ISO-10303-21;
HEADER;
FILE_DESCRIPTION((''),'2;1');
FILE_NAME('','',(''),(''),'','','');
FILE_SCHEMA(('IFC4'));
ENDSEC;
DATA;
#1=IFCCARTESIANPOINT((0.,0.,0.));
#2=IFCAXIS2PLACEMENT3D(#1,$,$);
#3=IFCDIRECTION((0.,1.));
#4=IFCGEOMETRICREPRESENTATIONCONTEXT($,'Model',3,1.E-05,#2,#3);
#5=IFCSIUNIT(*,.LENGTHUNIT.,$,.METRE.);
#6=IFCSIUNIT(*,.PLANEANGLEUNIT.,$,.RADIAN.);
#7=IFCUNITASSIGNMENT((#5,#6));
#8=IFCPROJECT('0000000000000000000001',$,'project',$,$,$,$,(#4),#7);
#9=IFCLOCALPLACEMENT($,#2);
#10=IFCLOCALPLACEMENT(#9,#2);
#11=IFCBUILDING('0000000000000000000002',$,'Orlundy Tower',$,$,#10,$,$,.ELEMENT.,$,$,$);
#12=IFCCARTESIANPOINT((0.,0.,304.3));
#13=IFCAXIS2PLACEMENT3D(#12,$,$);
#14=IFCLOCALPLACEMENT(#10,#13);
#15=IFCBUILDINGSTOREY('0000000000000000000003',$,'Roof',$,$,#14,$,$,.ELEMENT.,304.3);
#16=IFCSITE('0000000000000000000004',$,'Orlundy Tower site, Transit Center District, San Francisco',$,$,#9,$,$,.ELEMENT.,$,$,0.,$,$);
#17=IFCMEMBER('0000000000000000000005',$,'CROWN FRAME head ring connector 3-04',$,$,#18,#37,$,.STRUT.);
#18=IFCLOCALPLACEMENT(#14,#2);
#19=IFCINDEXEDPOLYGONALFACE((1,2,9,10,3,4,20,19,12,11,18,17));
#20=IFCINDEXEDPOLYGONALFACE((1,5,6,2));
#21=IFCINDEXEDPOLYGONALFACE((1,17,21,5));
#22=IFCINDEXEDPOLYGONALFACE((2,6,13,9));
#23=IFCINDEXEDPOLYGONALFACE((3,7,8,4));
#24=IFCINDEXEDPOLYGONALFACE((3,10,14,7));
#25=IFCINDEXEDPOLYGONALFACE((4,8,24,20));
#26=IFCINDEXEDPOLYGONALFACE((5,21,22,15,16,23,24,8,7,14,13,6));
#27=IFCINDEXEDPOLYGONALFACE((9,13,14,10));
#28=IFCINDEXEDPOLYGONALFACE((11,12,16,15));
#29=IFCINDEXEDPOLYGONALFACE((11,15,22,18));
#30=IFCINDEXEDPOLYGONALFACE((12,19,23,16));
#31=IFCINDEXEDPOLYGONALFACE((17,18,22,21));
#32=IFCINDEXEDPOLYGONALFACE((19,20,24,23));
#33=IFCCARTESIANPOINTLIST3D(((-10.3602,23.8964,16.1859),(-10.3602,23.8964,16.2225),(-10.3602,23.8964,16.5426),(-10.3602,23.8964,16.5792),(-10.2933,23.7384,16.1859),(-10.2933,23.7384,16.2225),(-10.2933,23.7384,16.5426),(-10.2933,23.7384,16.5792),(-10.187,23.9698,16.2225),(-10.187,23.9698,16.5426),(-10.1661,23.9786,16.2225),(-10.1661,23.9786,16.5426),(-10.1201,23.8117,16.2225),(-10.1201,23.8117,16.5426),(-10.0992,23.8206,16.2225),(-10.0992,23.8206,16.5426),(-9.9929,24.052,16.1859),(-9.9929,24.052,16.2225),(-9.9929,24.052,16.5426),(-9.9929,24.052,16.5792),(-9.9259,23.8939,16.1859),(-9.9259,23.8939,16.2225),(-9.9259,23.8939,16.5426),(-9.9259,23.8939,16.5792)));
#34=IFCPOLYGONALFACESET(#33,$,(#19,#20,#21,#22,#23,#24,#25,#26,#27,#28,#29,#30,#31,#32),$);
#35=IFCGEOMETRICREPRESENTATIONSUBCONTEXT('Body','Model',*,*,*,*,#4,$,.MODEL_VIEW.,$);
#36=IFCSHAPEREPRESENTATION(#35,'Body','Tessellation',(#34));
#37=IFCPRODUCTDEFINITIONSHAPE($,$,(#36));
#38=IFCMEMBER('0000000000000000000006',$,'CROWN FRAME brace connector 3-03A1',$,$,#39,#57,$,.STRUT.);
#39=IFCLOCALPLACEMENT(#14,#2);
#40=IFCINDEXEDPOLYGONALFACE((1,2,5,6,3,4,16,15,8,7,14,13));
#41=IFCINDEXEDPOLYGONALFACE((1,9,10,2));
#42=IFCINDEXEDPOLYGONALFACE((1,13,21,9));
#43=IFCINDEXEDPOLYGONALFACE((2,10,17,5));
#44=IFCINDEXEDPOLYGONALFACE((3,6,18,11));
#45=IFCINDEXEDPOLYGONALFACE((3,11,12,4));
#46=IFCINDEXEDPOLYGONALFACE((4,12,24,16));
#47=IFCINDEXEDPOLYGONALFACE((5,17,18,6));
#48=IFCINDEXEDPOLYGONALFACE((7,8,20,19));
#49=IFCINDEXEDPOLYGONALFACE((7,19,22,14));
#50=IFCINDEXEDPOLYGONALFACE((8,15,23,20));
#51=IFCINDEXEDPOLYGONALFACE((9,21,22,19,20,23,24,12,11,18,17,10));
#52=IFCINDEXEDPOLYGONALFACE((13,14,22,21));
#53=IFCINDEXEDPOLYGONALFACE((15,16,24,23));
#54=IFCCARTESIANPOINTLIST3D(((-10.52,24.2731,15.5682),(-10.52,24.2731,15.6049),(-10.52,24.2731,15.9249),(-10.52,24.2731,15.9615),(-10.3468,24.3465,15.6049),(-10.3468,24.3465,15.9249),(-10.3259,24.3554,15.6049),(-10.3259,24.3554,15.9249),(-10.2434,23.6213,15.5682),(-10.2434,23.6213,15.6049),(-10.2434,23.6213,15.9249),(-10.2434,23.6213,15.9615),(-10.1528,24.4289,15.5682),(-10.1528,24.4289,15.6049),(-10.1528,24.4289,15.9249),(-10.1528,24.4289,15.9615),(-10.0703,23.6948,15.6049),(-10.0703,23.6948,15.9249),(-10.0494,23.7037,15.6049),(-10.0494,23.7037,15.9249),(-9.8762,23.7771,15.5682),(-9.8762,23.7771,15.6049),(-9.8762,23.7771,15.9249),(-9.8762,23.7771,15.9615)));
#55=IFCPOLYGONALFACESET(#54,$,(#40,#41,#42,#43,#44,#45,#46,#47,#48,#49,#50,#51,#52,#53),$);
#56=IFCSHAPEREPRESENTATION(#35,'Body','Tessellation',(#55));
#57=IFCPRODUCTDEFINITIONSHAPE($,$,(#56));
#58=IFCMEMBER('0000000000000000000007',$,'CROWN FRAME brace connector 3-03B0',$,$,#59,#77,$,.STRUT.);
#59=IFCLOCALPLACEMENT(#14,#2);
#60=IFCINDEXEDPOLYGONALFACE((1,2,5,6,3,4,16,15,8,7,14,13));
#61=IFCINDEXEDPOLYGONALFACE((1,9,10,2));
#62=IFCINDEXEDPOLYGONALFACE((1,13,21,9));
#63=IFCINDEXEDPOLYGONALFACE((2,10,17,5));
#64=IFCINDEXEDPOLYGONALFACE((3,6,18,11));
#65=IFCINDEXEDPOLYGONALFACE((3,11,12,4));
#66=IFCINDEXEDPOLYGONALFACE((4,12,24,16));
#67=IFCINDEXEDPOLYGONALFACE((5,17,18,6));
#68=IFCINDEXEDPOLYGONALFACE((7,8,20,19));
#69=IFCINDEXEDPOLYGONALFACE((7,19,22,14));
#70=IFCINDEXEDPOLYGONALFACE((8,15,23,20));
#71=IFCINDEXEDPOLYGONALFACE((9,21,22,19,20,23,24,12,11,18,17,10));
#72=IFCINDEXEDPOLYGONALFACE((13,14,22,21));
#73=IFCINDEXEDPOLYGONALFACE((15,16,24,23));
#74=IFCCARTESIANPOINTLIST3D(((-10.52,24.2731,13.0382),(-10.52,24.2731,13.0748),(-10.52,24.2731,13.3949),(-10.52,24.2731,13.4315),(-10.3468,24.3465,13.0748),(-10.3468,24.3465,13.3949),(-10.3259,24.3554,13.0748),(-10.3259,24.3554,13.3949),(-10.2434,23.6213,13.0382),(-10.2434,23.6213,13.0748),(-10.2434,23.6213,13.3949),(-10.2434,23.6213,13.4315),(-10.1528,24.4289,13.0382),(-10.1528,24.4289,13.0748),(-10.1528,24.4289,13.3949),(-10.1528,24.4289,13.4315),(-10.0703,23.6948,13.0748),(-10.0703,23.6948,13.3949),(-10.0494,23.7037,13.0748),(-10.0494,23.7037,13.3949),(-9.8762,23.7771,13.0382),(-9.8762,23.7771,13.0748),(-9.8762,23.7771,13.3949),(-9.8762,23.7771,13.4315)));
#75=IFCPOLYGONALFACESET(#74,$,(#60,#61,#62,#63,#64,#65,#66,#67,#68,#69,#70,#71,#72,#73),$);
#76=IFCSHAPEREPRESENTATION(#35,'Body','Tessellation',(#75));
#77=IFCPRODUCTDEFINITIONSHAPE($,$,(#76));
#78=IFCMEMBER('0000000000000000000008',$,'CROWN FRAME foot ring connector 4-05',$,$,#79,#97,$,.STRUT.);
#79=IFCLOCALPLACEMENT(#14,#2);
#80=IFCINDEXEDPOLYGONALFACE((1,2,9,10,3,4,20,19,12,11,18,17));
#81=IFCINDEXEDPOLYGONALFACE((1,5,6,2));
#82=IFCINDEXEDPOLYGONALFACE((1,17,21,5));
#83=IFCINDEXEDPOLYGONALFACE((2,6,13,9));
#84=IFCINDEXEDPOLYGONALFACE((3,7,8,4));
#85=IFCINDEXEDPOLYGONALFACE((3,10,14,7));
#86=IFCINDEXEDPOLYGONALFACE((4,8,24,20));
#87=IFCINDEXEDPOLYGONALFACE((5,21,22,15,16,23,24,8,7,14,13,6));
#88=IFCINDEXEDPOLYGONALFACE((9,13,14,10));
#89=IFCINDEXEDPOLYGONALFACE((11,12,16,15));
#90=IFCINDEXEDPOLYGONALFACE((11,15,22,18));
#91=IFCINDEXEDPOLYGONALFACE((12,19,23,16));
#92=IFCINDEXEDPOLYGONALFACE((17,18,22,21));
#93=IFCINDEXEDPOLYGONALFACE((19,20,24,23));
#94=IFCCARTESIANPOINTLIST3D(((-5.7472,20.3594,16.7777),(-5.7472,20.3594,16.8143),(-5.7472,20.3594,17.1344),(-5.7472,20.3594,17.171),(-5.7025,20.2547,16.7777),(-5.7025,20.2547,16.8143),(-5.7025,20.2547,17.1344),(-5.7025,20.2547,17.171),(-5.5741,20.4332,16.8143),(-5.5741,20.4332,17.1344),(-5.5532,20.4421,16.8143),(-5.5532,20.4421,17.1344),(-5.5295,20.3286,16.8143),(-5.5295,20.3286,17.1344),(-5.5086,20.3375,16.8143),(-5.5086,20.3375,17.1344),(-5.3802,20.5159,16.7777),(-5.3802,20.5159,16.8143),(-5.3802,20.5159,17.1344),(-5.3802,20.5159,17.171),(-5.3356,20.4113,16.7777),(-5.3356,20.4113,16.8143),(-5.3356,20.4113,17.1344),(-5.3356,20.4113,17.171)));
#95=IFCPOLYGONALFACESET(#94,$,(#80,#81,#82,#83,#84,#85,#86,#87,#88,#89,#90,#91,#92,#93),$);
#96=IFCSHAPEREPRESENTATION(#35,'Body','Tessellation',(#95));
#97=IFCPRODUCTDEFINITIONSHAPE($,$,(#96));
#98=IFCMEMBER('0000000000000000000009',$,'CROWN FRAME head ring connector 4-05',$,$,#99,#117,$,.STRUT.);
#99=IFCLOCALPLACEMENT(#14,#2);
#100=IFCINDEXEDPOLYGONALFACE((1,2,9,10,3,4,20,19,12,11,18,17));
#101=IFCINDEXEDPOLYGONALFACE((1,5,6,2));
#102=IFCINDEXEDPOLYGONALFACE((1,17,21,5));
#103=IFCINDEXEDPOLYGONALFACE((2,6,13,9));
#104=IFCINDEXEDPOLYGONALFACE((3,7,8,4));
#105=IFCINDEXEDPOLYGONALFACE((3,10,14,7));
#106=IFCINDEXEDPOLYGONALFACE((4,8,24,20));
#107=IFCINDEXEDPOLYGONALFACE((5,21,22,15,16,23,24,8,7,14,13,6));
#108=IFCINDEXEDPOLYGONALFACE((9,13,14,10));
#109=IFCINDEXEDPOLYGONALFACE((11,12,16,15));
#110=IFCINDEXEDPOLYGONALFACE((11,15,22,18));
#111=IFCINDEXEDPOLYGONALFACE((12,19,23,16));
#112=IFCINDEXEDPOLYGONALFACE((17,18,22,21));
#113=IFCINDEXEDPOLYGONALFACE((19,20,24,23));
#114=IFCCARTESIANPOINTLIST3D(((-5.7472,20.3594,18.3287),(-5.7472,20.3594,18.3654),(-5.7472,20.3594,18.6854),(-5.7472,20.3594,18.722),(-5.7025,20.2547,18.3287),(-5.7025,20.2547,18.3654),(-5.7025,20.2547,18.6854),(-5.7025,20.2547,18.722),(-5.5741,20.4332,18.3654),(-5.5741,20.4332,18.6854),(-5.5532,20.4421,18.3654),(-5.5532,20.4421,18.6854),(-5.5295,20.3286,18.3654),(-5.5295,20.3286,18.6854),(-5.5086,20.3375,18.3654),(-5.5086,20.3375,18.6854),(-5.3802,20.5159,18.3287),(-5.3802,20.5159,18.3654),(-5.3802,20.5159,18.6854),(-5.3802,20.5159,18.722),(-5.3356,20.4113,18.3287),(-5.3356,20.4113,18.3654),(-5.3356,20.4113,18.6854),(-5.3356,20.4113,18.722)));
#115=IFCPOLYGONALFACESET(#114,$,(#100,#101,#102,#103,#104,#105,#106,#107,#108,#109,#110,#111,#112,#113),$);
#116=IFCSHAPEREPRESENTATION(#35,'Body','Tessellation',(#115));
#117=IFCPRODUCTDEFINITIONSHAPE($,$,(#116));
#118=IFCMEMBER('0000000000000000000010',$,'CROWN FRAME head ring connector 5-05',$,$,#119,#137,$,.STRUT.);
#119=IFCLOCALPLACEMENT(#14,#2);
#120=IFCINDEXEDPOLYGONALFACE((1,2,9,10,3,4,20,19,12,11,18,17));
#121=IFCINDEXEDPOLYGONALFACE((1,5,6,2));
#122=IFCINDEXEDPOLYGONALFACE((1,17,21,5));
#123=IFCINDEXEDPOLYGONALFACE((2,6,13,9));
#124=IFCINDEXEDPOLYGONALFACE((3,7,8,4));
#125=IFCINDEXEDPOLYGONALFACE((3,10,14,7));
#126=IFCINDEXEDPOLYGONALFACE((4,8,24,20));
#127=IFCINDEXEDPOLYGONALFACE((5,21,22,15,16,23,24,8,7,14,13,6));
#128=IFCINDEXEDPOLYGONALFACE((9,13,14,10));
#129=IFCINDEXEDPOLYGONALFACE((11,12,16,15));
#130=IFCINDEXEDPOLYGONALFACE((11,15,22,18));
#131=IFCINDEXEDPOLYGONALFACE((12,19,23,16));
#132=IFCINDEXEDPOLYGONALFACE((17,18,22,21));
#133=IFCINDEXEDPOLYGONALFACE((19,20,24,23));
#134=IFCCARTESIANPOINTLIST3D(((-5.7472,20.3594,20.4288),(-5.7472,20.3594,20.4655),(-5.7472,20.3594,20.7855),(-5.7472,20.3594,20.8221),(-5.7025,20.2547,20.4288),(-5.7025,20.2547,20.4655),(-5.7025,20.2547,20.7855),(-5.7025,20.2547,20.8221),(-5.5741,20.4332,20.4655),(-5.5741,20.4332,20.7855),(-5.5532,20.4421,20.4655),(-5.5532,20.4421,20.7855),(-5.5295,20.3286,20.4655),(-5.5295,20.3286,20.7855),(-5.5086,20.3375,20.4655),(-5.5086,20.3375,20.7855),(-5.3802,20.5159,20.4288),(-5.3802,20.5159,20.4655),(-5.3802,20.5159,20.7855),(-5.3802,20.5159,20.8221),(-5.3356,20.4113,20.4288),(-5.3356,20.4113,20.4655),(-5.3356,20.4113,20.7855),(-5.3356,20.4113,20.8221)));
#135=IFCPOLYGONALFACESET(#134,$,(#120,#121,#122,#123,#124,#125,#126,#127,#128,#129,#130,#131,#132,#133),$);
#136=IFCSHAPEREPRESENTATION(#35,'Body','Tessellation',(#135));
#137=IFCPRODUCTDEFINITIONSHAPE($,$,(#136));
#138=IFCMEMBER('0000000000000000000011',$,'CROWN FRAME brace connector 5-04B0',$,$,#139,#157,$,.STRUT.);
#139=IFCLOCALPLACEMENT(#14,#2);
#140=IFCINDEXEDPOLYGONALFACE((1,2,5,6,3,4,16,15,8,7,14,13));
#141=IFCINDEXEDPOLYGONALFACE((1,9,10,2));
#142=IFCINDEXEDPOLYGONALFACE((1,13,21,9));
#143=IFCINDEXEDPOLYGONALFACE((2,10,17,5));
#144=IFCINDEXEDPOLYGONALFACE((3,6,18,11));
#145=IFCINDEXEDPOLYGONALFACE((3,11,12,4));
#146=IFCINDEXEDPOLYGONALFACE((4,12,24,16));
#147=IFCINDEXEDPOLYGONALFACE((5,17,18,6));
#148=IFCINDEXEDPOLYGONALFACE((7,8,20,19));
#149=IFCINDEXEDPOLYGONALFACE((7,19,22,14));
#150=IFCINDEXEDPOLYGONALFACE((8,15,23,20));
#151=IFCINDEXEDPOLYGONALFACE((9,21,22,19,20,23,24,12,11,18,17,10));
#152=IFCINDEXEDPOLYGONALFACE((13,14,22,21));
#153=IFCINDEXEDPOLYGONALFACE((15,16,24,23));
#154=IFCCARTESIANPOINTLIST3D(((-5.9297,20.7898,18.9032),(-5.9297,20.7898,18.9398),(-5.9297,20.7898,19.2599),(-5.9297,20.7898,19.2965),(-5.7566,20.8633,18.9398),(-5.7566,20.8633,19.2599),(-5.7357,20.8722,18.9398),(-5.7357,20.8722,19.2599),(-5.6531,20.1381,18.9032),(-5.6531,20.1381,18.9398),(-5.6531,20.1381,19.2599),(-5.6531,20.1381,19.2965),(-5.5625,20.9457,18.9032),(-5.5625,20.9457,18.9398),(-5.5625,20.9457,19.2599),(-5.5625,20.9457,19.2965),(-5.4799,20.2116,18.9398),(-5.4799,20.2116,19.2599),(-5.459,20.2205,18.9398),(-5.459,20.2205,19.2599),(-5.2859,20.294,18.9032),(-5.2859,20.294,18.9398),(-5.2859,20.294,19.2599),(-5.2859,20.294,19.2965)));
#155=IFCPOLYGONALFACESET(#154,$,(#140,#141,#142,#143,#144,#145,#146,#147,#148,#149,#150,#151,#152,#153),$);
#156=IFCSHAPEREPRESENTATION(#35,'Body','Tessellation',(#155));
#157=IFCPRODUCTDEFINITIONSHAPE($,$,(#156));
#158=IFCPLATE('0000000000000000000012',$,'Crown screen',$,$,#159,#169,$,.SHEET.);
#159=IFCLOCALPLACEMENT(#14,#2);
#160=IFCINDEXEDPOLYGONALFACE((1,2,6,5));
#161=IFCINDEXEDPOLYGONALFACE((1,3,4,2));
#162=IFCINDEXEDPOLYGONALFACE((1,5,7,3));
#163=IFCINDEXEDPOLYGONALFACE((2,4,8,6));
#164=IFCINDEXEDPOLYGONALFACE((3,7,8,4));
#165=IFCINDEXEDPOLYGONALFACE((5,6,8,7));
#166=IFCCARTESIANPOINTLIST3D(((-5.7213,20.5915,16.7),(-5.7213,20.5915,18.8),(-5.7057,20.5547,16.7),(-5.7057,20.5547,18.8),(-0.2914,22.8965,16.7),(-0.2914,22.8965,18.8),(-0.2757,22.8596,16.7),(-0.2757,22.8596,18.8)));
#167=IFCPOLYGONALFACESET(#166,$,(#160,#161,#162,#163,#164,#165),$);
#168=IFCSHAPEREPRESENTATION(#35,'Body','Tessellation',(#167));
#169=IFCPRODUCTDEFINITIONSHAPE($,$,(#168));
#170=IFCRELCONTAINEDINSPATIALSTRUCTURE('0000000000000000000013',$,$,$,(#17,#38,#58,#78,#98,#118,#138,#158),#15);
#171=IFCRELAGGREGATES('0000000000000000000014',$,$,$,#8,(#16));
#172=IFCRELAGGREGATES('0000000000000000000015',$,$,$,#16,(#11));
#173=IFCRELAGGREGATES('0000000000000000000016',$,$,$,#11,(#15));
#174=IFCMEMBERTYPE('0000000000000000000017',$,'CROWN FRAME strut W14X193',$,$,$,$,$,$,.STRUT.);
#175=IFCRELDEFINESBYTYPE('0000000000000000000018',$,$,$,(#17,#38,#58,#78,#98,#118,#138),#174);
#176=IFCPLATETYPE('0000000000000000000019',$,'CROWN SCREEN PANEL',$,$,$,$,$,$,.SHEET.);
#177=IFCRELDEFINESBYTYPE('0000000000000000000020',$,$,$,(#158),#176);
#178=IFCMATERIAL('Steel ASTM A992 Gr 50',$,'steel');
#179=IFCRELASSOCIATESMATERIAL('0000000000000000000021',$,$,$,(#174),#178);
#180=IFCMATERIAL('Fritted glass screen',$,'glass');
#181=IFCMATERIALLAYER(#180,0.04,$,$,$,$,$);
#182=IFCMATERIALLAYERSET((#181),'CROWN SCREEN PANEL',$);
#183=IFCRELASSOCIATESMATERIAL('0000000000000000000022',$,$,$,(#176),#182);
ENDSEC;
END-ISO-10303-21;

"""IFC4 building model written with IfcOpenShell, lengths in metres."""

from ifc_helpers import new_model, si_unit, direction, frame, origin, origin_2d, place, context, subcontext, project, spatial, rectangle, i_section, extrude, material, layer, layer_set, material_profile, profile_set, type_object, element, save


model = new_model("IFC4")

# Units and contexts
model_context = context("Model", 3, precision=1e-05, world=origin(), true_north=direction((0.0, 1.0)))
body_context = subcontext(model_context, "Body", "Model", "MODEL_VIEW")
ifc_project = project(units=[si_unit("LENGTHUNIT", "METRE"), si_unit("PLANEANGLEUNIT", "RADIAN")], contexts=[model_context])

# Site, building, storey
site_placement = place(None, origin())
site = spatial("IfcSite", under=ifc_project, at=site_placement, Name="Orlundy Tower site, Transit Center District, San Francisco", CompositionType="ELEMENT", RefElevation=0.0)
building_placement = place(site_placement, origin())
building = spatial("IfcBuilding", under=site, at=building_placement, Name="Orlundy Tower", CompositionType="ELEMENT")
storey_placement = place(building_placement, frame((0.0, 0.0, 304.3)))
storey = spatial("IfcBuildingStorey", under=building, at=storey_placement, Name="Roof", CompositionType="ELEMENT", Elevation=304.3)

# Members
ifc_material_1 = material(Name="Steel ASTM A992 Gr 50", Category="steel")
ifc_material_profile_1 = material_profile(ifc_material_1, i_section(OverallWidth=0.3989, OverallDepth=0.3933, WebThickness=0.0227, FlangeThickness=0.0366, at=origin_2d()), Name="W14X193")
ifc_profile_set_1 = profile_set([ifc_material_profile_1], Name="Steel ASTM A992 Gr 50")
member_type_1 = type_object("IfcMemberType", Name="CROWN FRAME strut W14X193", PredefinedType="STRUT", material=ifc_profile_set_1)
member_1_placement = place(storey_placement, frame((-10.1096, 23.8162, 16.3826), z_axis=(-0.389965, 0.92083, 0.0), x_axis=(-0.92083, -0.389965, 0.0)))
element("IfcMember", 1, at=member_1_placement, inside=storey, type_object=member_type_1, Name="CROWN FRAME head ring connector 3-04", PredefinedType="STRUT", context=body_context, shape_type="SweptSolid", body=[
    extrude(i_section(OverallWidth=0.3989, OverallDepth=0.3933, WebThickness=0.0227, FlangeThickness=0.0366, at=origin_2d()), origin(), (0.0, 0.0, 1.0), 0.1716),
])
for number, where, z_axis, x_axis, name in (
    (2, (-10.0598, 23.6992, 15.7649), (-0.39063, 0.920548, 0.0), (-0.920548, -0.39063, 0.0), "CROWN FRAME brace connector 3-03A1"),
    (3, (-10.0598, 23.6992, 13.2349), (-0.39063, 0.920548, 0.0), (-0.920548, -0.39063, 0.0), "CROWN FRAME brace connector 3-03B0"),
):
    element("IfcMember", number, at=place(storey_placement, frame(where, z_axis=z_axis, x_axis=x_axis)), inside=storey, type_object=member_type_1, Name=name, PredefinedType="STRUT", context=body_context, shape_type="SweptSolid", body=[
        extrude(i_section(OverallWidth=0.3989, OverallDepth=0.3933, WebThickness=0.0227, FlangeThickness=0.0366, at=origin_2d()), origin(), (0.0, 0.0, 1.0), 0.708),
    ])
for number, where, z_axis, x_axis, name in (
    (4, (-5.519, 20.333, 16.9744), (-0.392366, 0.919809, 0.0), (-0.919809, -0.392366, 0.0), "CROWN FRAME foot ring connector 4-05"),
    (5, (-5.519, 20.333, 18.5254), (-0.392366, 0.919809, 0.0), (-0.919809, -0.392366, 0.0), "CROWN FRAME head ring connector 4-05"),
    (6, (-5.519, 20.333, 20.6255), (-0.392366, 0.919809, 0.0), (-0.919809, -0.392366, 0.0), "CROWN FRAME head ring connector 5-05"),
):
    element("IfcMember", number, at=place(storey_placement, frame(where, z_axis=z_axis, x_axis=x_axis)), inside=storey, type_object=member_type_1, Name=name, PredefinedType="STRUT", context=body_context, shape_type="SweptSolid", body=[
        extrude(i_section(OverallWidth=0.3989, OverallDepth=0.3933, WebThickness=0.0227, FlangeThickness=0.0366, at=origin_2d()), origin(), (0.0, 0.0, 1.0), 0.1138),
    ])
member_2_placement = place(storey_placement, frame((-5.4695, 20.2161, 19.0999), z_axis=(-0.390754, 0.920495, 0.0), x_axis=(-0.920495, -0.390754, 0.0)))
element("IfcMember", 7, at=member_2_placement, inside=storey, type_object=member_type_1, Name="CROWN FRAME brace connector 5-04B0", PredefinedType="STRUT", context=body_context, shape_type="SweptSolid", body=[
    extrude(i_section(OverallWidth=0.3989, OverallDepth=0.3933, WebThickness=0.0227, FlangeThickness=0.0366, at=origin_2d()), origin(), (0.0, 0.0, 1.0), 0.708),
])

# Plate
ifc_material_2 = material(Name="Fritted glass screen", Category="glass")
ifc_layer = layer(ifc_material_2, 0.04)
ifc_layer_set = layer_set([ifc_layer], Name="CROWN SCREEN PANEL")
plate_type = type_object("IfcPlateType", Name="CROWN SCREEN PANEL", PredefinedType="SHEET", material=ifc_layer_set)
plate_placement = place(storey_placement, frame((-2.9985, 21.7256, 16.7), z_axis=(0.0, 0.0, 1.0), x_axis=(-0.9205, -0.390742, 0.0)))
element("IfcPlate", 8, at=plate_placement, inside=storey, type_object=plate_type, Name="Crown screen", PredefinedType="SHEET", context=body_context, shape_type="SweptSolid", body=[
    extrude(rectangle(XDim=5.8989, YDim=0.04, at=origin_2d()), origin(), (0.0, 0.0, 1.0), 2.1001),
])

save(model, "model.ifc")
